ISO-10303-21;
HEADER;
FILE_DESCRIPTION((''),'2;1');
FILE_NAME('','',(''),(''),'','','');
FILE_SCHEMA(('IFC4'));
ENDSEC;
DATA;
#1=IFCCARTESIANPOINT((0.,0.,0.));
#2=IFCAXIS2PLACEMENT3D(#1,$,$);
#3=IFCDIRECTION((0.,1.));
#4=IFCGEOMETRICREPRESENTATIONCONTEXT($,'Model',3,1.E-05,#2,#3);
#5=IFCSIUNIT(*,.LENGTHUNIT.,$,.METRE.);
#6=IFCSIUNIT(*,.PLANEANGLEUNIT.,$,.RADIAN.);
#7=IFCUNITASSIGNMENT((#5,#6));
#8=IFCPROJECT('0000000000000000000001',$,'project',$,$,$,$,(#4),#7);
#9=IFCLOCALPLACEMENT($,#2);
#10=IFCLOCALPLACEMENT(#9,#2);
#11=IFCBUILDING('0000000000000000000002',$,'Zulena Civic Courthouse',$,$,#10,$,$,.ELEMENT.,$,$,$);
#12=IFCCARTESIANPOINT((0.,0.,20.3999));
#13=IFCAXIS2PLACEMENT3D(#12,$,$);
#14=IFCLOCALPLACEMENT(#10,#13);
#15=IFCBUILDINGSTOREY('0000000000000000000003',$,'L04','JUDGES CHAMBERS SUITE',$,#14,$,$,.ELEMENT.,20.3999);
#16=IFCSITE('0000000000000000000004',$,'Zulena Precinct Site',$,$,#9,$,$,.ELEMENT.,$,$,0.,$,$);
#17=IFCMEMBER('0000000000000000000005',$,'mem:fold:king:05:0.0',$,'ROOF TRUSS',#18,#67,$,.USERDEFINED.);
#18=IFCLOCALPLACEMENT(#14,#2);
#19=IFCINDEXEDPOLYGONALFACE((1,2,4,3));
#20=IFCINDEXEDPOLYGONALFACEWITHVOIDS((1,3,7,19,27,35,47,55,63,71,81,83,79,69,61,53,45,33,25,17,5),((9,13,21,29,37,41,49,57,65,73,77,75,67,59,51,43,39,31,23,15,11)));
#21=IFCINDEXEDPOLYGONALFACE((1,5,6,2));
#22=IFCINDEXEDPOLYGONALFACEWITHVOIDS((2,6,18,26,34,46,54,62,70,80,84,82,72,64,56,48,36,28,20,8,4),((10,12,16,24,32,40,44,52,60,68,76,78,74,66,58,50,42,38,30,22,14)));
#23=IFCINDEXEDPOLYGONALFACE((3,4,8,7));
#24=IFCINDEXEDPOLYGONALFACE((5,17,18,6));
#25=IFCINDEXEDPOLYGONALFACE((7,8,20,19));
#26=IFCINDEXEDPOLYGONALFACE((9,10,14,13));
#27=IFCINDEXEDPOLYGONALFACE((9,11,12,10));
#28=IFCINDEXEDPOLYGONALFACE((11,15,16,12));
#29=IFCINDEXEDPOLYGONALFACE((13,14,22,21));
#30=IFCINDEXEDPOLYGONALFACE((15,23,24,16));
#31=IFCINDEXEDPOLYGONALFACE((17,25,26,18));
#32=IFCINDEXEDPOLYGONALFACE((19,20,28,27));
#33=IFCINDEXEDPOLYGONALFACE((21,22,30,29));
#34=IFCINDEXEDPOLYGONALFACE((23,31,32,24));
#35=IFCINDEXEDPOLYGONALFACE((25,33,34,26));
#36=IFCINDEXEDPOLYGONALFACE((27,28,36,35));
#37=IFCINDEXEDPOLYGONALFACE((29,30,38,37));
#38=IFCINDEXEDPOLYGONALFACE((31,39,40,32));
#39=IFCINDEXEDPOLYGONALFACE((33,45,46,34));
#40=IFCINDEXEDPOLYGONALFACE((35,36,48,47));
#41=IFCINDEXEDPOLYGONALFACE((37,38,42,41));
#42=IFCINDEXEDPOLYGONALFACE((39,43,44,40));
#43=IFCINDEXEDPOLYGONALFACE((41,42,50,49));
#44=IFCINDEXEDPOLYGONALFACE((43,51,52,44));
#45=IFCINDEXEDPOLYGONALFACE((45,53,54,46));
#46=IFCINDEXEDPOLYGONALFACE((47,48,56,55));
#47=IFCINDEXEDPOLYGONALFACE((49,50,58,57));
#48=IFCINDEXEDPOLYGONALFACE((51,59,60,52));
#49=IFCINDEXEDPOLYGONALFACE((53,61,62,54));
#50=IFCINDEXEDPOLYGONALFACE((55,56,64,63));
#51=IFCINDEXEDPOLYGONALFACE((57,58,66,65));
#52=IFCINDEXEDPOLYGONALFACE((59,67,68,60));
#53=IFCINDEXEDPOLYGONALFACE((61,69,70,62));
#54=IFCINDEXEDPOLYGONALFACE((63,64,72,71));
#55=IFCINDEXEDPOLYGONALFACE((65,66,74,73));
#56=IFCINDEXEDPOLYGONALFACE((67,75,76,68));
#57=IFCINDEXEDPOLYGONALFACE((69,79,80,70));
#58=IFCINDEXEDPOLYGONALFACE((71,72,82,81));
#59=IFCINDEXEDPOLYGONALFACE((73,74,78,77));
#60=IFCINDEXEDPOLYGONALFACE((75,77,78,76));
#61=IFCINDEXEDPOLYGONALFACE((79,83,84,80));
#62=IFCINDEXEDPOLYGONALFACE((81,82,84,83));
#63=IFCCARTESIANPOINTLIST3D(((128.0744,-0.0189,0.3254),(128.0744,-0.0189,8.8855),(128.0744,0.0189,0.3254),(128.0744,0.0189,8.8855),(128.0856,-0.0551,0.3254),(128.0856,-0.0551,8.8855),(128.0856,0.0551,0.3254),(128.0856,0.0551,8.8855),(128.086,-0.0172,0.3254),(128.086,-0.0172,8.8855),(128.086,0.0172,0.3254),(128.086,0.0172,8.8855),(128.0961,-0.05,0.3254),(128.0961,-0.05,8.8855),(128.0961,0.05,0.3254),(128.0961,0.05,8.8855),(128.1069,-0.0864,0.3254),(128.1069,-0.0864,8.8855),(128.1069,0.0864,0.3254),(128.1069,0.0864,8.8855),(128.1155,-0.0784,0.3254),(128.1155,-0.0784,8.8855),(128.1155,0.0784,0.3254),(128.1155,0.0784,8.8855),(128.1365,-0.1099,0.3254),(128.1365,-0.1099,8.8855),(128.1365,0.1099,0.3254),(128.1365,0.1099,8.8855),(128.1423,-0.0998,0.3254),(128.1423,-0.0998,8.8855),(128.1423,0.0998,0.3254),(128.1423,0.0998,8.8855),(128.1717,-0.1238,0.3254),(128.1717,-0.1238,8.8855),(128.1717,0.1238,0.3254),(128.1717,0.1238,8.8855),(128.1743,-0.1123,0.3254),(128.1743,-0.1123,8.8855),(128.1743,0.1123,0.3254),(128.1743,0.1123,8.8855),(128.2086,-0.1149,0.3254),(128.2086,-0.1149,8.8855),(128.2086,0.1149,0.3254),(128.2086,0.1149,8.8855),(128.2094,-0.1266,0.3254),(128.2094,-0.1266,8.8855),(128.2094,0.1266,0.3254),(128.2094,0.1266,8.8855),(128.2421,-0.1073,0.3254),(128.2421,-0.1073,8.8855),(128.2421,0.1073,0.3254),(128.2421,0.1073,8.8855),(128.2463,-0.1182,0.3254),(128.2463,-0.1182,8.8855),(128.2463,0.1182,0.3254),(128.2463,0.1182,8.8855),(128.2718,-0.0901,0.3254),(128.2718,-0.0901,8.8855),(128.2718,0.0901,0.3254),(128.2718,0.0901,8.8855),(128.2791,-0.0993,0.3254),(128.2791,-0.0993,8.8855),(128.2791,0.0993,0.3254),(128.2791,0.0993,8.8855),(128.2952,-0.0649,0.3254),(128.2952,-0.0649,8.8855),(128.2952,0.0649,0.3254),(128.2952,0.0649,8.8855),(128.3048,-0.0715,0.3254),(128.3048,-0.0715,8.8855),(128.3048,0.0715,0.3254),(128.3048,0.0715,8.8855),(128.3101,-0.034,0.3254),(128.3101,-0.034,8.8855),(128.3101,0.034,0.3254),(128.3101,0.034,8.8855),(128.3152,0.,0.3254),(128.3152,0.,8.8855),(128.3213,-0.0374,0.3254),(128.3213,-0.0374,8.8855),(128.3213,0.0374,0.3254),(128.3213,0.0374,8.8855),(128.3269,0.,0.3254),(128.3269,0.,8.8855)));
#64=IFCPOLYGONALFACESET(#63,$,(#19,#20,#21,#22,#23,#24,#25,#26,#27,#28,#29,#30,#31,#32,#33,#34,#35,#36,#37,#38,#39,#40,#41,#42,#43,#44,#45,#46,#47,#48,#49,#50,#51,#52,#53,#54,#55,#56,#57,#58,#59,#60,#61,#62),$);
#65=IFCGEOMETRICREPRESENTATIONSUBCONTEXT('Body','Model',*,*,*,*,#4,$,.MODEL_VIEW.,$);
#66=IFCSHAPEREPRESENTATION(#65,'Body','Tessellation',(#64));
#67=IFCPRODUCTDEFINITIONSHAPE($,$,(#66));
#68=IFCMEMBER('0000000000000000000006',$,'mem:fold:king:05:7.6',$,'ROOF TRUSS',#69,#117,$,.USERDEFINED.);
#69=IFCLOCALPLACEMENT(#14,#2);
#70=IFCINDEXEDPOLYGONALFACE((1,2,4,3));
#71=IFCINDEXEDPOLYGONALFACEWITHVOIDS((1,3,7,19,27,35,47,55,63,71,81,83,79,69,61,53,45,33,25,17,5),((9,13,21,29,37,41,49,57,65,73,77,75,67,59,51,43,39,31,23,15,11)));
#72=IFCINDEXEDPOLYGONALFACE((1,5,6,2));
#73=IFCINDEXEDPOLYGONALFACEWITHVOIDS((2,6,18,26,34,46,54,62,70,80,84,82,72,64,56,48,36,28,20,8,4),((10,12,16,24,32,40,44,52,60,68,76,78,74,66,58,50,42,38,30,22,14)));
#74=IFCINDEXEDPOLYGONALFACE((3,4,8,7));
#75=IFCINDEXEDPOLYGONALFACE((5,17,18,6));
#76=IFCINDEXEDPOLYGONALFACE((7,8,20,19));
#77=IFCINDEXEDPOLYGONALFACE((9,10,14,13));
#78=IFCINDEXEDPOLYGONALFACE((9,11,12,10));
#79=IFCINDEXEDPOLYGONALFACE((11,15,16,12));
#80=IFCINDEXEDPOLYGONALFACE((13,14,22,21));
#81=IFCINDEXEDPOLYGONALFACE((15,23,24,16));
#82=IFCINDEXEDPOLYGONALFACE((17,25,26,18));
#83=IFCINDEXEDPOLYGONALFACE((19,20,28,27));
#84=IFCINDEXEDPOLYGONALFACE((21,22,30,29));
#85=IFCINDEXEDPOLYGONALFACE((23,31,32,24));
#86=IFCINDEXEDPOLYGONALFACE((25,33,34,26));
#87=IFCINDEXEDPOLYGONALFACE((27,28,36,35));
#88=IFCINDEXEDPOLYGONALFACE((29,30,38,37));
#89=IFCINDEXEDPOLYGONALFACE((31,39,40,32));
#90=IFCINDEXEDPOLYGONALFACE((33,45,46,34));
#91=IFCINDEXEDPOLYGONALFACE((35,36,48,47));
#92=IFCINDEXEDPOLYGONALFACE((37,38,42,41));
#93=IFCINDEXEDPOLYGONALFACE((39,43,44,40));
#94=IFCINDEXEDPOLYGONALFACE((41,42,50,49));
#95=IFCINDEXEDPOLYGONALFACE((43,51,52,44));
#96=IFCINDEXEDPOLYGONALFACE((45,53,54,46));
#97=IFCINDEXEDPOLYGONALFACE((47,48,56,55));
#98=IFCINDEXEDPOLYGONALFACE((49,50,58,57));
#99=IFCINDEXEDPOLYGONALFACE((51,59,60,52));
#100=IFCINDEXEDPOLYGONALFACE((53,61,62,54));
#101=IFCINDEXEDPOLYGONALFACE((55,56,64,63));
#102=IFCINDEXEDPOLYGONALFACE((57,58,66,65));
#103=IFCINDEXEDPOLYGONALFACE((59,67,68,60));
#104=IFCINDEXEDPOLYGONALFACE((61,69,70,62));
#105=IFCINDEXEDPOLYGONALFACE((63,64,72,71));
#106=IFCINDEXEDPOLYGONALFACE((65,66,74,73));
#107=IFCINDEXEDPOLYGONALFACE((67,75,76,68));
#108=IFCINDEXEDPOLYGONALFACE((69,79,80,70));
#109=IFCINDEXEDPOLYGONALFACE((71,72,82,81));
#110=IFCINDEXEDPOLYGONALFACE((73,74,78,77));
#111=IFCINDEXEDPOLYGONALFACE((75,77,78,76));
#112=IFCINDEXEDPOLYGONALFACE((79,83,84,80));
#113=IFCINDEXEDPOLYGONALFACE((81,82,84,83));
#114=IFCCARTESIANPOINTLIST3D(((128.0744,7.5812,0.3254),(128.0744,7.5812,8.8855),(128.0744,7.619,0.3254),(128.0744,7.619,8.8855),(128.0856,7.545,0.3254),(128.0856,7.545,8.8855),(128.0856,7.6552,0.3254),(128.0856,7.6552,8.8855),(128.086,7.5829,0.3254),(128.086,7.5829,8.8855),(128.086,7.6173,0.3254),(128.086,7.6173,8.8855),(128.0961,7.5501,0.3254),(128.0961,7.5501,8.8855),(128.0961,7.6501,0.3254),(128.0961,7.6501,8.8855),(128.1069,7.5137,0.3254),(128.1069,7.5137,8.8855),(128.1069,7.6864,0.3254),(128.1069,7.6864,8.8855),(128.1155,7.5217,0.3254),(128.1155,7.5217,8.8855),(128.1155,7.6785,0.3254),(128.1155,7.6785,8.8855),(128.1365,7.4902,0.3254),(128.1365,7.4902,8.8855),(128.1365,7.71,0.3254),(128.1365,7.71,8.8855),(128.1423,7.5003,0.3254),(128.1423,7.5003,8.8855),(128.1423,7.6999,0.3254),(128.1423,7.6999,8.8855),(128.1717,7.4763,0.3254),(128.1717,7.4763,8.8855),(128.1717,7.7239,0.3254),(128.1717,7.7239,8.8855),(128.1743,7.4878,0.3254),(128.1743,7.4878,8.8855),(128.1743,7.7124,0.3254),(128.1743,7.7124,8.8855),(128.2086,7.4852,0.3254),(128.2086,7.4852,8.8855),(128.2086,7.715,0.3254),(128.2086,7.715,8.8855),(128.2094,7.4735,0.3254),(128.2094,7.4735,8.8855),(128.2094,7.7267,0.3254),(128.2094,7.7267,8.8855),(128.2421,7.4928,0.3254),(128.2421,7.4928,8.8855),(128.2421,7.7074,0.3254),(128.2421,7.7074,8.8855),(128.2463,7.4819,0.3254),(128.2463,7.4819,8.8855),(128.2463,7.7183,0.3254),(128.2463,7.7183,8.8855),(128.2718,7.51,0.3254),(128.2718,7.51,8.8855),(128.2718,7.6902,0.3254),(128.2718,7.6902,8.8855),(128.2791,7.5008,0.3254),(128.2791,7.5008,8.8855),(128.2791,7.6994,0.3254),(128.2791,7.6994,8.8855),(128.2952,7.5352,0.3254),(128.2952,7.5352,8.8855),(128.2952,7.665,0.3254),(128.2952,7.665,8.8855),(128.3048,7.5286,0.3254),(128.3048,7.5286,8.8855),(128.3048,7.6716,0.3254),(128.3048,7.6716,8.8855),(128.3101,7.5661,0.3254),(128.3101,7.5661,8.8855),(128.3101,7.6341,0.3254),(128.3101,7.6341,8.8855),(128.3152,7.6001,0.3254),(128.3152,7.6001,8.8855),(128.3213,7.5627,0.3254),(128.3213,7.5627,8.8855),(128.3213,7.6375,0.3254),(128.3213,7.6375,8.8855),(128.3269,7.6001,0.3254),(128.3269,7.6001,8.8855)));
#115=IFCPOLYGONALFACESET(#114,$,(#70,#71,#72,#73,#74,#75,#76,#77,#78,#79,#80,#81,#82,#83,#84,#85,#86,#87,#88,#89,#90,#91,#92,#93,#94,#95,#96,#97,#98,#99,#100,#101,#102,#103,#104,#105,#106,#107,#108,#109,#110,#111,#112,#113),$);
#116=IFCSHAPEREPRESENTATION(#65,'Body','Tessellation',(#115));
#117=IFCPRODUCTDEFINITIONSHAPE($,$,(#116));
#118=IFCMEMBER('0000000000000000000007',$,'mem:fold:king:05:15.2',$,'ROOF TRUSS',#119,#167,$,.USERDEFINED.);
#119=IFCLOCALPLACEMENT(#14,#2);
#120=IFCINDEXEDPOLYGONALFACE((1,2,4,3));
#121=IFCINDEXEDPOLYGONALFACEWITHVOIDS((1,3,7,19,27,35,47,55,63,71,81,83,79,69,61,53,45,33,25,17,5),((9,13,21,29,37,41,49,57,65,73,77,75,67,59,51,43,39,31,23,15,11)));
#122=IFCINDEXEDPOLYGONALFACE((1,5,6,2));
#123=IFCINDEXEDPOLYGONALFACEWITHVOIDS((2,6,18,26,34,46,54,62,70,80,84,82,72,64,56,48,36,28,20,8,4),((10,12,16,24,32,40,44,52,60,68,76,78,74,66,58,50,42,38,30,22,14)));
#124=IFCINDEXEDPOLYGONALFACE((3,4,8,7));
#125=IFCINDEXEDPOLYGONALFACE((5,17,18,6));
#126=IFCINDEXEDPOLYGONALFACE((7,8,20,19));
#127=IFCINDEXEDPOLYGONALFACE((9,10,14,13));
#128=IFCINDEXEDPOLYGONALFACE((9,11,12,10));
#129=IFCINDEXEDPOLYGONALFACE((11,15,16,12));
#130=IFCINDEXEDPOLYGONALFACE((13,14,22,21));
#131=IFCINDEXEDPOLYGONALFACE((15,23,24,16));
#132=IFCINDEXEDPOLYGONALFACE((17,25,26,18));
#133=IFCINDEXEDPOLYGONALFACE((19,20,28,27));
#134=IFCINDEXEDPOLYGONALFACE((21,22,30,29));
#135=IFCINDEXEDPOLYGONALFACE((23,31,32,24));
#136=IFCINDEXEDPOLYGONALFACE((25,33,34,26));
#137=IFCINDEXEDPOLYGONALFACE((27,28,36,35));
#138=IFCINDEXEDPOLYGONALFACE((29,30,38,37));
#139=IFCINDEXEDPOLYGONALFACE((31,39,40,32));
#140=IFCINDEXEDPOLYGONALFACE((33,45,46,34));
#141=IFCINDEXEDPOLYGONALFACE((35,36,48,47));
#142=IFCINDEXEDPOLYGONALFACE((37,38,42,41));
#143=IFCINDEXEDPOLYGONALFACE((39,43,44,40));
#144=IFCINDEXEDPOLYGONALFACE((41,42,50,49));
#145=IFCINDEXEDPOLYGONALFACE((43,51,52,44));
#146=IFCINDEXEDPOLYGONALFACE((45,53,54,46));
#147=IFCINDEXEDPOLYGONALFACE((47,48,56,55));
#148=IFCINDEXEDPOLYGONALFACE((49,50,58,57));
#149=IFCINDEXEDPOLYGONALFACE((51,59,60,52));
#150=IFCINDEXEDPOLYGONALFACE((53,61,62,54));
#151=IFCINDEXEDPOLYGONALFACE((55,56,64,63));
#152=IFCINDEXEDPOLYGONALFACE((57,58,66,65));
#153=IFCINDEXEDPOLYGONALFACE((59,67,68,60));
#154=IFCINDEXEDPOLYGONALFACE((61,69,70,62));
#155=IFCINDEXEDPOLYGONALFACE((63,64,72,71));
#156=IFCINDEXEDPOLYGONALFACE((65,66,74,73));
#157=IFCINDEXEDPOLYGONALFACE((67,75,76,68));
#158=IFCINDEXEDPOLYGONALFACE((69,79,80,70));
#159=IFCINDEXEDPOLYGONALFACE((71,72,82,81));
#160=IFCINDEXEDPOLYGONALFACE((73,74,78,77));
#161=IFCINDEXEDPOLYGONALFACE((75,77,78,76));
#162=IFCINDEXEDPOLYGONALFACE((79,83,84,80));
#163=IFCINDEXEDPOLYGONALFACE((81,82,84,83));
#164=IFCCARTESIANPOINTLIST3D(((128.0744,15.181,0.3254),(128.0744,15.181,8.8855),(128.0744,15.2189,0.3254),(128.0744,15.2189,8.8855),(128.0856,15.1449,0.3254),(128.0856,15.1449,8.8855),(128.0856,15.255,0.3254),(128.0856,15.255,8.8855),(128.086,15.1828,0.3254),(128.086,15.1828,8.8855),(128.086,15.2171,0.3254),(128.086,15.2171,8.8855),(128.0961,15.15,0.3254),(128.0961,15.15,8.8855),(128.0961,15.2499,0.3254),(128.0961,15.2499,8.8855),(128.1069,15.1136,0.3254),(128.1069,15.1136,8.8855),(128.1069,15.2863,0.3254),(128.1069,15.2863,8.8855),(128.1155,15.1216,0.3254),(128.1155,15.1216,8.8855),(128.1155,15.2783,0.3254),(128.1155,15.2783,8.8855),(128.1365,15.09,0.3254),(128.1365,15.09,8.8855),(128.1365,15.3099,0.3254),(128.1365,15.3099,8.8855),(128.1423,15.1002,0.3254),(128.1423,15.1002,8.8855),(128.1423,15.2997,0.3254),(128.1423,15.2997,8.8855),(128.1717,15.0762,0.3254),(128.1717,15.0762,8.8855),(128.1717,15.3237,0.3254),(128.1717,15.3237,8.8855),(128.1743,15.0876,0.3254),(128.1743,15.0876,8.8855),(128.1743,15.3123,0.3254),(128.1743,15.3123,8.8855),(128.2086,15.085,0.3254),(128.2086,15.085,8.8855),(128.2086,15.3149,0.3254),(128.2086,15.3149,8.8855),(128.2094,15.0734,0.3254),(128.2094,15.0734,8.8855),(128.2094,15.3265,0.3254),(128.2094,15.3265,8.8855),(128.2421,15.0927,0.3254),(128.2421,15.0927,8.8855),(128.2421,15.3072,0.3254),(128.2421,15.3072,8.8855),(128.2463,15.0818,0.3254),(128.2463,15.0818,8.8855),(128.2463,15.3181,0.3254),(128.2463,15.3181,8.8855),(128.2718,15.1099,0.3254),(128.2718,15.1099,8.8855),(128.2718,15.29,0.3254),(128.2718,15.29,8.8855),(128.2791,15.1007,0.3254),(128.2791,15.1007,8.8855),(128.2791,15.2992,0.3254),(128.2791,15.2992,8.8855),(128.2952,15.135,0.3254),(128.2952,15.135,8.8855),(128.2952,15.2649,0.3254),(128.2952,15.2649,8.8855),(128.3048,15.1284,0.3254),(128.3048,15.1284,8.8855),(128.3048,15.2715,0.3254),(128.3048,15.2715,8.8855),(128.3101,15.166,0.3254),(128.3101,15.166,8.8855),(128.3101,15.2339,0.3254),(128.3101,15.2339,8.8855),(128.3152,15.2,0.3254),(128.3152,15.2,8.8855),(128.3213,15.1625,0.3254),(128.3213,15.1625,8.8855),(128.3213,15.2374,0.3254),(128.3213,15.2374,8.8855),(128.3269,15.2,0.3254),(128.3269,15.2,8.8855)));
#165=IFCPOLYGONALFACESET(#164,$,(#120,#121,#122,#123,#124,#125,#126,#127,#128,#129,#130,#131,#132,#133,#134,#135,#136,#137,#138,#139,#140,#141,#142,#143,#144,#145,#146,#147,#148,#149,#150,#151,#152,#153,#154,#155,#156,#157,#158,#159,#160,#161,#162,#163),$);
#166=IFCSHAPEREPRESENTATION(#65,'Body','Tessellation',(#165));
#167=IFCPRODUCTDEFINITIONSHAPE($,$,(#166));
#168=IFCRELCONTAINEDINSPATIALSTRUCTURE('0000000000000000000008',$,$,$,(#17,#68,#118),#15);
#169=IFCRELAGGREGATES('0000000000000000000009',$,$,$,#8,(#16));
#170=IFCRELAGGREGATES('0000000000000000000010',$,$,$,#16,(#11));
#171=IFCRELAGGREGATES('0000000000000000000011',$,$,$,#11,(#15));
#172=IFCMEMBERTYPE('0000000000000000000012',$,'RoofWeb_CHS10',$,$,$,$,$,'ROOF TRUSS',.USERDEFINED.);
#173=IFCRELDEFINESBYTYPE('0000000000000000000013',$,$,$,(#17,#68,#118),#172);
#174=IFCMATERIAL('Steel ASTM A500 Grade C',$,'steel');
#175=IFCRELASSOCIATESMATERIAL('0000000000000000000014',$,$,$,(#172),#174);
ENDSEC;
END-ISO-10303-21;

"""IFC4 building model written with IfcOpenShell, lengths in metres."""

from ifc_helpers import new_model, si_unit, direction, frame, origin, origin_2d, place, context, subcontext, project, spatial, hollow_circle, extrude, material, material_profile, profile_set, type_object, element, save


model = new_model("IFC4")

# Units and contexts
model_context = context("Model", 3, precision=1e-05, world=origin(), true_north=direction((0.0, 1.0)))
body_context = subcontext(model_context, "Body", "Model", "MODEL_VIEW")
ifc_project = project(units=[si_unit("LENGTHUNIT", "METRE"), si_unit("PLANEANGLEUNIT", "RADIAN")], contexts=[model_context])

# Site, building, storey
site_placement = place(None, origin())
site = spatial("IfcSite", under=ifc_project, at=site_placement, Name="Zulena Precinct Site", CompositionType="ELEMENT", RefElevation=0.0)
building_placement = place(site_placement, origin())
building = spatial("IfcBuilding", under=site, at=building_placement, Name="Zulena Civic Courthouse", CompositionType="ELEMENT")
storey_placement = place(building_placement, frame((0.0, 0.0, 20.3999)))
storey = spatial("IfcBuildingStorey", under=building, at=storey_placement, Name="L04", Description="JUDGES CHAMBERS SUITE", CompositionType="ELEMENT", Elevation=20.3999)

# Members
ifc_material_1 = material(Name="Steel ASTM A500 Grade C", Category="steel")
ifc_material_profile_1 = material_profile(ifc_material_1, hollow_circle(Radius=0.127, WallThickness=0.0117, at=origin_2d()), Name="HSS10.000X0.500")
ifc_profile_set_1 = profile_set([ifc_material_profile_1], Name="Steel ASTM A500 Grade C")
member_type_1 = type_object("IfcMemberType", Name="RoofWeb_CHS10", ElementType="ROOF TRUSS", PredefinedType="USERDEFINED", material=ifc_profile_set_1)
for number, where, z_axis, x_axis, name in (
    (1, (128.2, 0.0, 0.3254), (0.0, 0.0, 1.0), (1.0, 0.0, 0.0), "mem:fold:king:05:0.0"),
    (2, (128.2, 7.6001, 0.3254), (0.0, 0.0, 1.0), (1.0, 0.0, 0.0), "mem:fold:king:05:7.6"),
    (3, (128.2, 15.2, 0.3254), (0.0, 0.0, 1.0), (1.0, 0.0, 0.0), "mem:fold:king:05:15.2"),
):
    element("IfcMember", number, at=place(storey_placement, frame(where, z_axis=z_axis, x_axis=x_axis)), inside=storey, type_object=member_type_1, Name=name, ObjectType="ROOF TRUSS", PredefinedType="USERDEFINED", context=body_context, shape_type="SweptSolid", body=[
        extrude(hollow_circle(Radius=0.127, WallThickness=0.0117, at=origin_2d()), origin(), (0.0, 0.0, 1.0), 8.5601),
    ])

save(model, "model.ifc")
